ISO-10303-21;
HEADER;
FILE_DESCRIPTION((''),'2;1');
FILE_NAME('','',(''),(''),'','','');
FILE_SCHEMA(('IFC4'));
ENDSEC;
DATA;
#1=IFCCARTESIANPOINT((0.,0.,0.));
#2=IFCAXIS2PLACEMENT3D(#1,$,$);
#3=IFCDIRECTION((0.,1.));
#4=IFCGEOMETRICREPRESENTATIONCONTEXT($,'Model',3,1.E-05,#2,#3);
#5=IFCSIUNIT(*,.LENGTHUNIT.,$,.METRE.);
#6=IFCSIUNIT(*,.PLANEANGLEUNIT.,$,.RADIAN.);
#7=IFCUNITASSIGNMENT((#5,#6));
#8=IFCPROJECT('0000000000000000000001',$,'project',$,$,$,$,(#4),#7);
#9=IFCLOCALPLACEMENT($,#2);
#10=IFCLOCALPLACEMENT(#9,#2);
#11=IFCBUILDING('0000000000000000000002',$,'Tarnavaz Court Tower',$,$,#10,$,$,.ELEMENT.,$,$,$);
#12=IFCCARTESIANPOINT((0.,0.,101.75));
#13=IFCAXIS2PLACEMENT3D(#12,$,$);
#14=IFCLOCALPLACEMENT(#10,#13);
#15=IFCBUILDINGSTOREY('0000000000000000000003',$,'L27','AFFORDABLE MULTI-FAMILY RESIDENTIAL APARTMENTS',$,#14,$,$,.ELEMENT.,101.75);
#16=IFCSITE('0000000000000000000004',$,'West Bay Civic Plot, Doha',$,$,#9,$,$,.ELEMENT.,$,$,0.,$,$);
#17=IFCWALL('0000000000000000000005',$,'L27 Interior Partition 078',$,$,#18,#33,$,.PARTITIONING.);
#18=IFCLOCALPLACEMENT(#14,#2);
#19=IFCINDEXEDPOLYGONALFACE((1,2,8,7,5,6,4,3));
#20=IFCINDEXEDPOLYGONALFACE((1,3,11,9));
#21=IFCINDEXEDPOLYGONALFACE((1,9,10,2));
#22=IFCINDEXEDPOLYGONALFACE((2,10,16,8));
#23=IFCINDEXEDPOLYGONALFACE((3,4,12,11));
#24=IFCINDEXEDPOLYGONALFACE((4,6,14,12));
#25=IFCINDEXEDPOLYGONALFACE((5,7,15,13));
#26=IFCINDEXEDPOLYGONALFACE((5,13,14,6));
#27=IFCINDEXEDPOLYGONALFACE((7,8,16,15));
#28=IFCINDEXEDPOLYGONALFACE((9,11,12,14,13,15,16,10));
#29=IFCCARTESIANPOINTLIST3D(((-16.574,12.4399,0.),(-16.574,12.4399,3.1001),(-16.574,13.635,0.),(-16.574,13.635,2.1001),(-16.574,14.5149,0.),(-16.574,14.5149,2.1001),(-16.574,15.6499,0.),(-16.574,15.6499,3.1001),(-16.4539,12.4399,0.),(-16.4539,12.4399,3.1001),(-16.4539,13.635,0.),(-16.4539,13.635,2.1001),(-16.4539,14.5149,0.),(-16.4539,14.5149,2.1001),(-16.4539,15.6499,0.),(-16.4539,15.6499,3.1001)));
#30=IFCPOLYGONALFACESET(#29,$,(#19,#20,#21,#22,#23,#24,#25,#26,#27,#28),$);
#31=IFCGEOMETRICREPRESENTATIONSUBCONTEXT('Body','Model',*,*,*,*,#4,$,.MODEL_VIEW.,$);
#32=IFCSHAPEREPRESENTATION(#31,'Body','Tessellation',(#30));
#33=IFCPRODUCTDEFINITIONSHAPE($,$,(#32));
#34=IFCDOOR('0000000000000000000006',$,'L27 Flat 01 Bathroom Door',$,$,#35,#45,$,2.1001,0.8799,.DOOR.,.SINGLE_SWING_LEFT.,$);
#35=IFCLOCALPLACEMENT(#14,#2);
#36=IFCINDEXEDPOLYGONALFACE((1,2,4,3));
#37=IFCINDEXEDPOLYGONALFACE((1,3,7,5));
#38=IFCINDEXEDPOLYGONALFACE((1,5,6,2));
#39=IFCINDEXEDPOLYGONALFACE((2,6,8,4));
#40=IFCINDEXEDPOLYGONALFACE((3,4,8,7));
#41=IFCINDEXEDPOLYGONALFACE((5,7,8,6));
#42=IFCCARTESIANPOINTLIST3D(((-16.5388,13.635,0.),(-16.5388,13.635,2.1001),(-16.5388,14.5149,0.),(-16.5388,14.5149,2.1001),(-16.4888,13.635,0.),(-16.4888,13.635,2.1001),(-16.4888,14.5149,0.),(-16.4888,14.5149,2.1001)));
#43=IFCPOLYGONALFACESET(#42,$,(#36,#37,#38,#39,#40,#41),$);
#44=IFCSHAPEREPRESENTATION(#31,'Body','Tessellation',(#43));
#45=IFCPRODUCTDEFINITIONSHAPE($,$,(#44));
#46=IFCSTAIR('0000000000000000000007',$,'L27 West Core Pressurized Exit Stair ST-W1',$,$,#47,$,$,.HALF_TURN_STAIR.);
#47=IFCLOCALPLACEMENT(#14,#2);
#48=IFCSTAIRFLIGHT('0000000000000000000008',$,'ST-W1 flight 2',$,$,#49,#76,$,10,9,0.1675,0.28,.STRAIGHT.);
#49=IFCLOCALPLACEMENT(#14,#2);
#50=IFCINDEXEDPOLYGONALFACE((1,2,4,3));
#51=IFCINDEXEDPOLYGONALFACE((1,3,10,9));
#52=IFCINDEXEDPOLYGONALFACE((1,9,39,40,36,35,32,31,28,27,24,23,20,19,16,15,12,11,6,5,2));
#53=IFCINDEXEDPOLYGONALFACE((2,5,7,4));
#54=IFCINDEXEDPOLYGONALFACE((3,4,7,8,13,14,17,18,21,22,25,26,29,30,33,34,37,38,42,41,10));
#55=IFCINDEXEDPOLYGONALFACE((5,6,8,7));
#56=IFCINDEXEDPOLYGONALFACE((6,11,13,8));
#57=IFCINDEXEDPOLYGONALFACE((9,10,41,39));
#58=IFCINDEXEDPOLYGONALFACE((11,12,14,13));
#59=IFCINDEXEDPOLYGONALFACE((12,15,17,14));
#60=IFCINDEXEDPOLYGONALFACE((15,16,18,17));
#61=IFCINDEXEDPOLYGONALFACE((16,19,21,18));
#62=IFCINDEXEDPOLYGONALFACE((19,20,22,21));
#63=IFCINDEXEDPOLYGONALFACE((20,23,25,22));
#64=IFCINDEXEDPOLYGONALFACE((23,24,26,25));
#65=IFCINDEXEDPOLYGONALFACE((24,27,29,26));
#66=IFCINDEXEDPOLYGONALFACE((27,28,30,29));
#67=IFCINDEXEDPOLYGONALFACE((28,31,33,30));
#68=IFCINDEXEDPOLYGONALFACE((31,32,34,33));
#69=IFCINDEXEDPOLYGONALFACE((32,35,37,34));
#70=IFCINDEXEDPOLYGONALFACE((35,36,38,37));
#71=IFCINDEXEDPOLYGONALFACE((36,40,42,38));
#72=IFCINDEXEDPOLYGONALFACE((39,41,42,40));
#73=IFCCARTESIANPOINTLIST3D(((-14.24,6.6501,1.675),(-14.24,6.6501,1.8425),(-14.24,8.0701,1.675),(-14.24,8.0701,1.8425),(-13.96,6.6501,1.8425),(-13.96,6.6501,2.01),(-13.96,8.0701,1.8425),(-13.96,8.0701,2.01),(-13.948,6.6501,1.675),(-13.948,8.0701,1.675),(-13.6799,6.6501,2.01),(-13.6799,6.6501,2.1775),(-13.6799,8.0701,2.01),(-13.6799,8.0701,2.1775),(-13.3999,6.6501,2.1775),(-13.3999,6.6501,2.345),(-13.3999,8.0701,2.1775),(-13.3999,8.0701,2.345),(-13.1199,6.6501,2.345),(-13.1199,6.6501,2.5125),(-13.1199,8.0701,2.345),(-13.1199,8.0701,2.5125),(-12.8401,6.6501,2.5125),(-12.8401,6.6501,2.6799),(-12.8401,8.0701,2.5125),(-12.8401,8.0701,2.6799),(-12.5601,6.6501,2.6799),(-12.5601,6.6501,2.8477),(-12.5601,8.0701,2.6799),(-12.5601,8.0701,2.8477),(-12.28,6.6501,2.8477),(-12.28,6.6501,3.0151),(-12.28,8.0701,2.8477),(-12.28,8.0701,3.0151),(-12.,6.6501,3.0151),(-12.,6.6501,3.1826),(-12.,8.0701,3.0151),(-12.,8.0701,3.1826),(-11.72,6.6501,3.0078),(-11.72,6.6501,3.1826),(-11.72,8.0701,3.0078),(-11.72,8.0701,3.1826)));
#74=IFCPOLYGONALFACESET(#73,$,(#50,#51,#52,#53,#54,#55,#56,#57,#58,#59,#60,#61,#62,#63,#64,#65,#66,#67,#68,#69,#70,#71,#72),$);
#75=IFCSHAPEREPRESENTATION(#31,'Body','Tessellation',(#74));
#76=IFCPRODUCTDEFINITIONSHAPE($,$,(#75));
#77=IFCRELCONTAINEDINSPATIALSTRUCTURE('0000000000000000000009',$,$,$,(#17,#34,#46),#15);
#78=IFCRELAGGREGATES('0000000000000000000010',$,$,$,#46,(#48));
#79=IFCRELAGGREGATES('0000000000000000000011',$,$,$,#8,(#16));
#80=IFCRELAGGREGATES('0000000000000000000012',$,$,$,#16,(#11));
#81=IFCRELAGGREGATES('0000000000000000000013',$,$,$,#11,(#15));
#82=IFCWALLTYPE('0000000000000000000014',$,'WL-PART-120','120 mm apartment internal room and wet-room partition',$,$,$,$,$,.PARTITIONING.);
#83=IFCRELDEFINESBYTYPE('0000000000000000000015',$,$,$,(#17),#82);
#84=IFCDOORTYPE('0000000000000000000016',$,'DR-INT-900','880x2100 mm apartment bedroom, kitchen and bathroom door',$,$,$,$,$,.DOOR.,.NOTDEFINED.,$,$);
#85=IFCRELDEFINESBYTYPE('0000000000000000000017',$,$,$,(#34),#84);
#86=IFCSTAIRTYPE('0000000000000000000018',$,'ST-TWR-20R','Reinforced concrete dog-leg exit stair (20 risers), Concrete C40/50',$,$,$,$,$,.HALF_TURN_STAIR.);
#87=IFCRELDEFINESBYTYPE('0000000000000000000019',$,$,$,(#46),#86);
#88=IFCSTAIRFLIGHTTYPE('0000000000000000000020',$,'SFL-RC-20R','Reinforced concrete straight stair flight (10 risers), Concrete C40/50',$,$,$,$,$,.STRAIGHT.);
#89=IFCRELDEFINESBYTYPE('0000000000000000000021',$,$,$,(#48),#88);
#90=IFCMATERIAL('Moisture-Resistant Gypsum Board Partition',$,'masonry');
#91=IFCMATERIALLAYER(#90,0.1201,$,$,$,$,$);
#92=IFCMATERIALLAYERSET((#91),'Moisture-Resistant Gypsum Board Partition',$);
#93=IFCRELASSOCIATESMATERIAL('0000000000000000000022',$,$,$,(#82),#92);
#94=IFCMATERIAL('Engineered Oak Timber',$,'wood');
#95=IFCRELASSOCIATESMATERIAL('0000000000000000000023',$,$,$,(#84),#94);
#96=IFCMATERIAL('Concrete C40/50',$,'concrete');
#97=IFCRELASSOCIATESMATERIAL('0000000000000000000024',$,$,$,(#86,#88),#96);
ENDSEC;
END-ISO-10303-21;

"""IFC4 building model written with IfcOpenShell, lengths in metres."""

from ifc_helpers import new_model, si_unit, direction, frame, frame_2d, origin, place, context, subcontext, project, spatial, polyline, rectangle, outline, extrude, material, layer, layer_set, type_object, element, fill, aggregate, save


model = new_model("IFC4")

# Units and contexts
model_context = context("Model", 3, precision=1e-05, world=origin(), true_north=direction((0.0, 1.0)))
body_context = subcontext(model_context, "Body", "Model", "MODEL_VIEW")
ifc_project = project(units=[si_unit("LENGTHUNIT", "METRE"), si_unit("PLANEANGLEUNIT", "RADIAN")], contexts=[model_context])

# Site, building, storey
site_placement = place(None, origin())
site = spatial("IfcSite", under=ifc_project, at=site_placement, Name="West Bay Civic Plot, Doha", CompositionType="ELEMENT", RefElevation=0.0)
building_placement = place(site_placement, origin())
building = spatial("IfcBuilding", under=site, at=building_placement, Name="Tarnavaz Court Tower", CompositionType="ELEMENT")
storey_placement = place(building_placement, frame((0.0, 0.0, 101.75)))
storey = spatial("IfcBuildingStorey", under=building, at=storey_placement, Name="L27", Description="AFFORDABLE MULTI-FAMILY RESIDENTIAL APARTMENTS", CompositionType="ELEMENT", Elevation=101.75)

# Shared definitions
ifc_material_1 = material(Name="Engineered Oak Timber", Category="wood")

# Wall, opening, door
ifc_material_2 = material(Name="Moisture-Resistant Gypsum Board Partition", Category="masonry")
ifc_layer_1 = layer(ifc_material_2, 0.1201)
ifc_layer_set_1 = layer_set([ifc_layer_1], Name="Moisture-Resistant Gypsum Board Partition")
wall_type_1 = type_object("IfcWallType", Name="WL-PART-120", Description="120 mm apartment internal room and wet-room partition", PredefinedType="PARTITIONING", material=ifc_layer_set_1)
wall_1_placement = place(storey_placement, frame((-16.5139, 12.4399, 0.0), z_axis=(0.0, 0.0, 1.0), x_axis=(0.0, 1.0, 0.0)))
wall_1 = element("IfcWall", 1, at=wall_1_placement, inside=storey, type_object=wall_type_1, Name="L27 Interior Partition 078", PredefinedType="PARTITIONING", context=body_context, shape_type="SweptSolid", body=[
    extrude(rectangle(XDim=3.21, YDim=0.1201, at=frame_2d((1.605, 0.0))), origin(), (0.0, 0.0, 1.0), 3.1001),
])
opening_1_placement = place(wall_1_placement, frame((1.1951, 0.0, 0.0)))
opening_1 = element("IfcOpeningElement", 2, at=opening_1_placement, cuts=wall_1, PredefinedType="OPENING", context=body_context, shape_type="SweptSolid", body=[
    extrude(rectangle(XDim=0.8799, YDim=2.1001, at=frame_2d((0.4399, 1.05))), frame((0.0, 0.0701, 0.0), z_axis=(0.0, -1.0, 0.0), x_axis=(1.0, 0.0, 0.0)), (0.0, 0.0, 1.0), 0.1401),
])
door_type_1 = type_object("IfcDoorType", Name="DR-INT-900", Description="880x2100 mm apartment bedroom, kitchen and bathroom door", OperationType="NOTDEFINED", PredefinedType="DOOR", material=ifc_material_1)
door_1_placement = place(opening_1_placement, origin())
door_1 = element("IfcDoor", 3, at=door_1_placement, inside=storey, type_object=door_type_1, Name="L27 Flat 01 Bathroom Door", OperationType="SINGLE_SWING_LEFT", OverallHeight=2.1001, OverallWidth=0.8799, PredefinedType="DOOR", context=body_context, shape_type="SweptSolid", body=[
    extrude(rectangle(XDim=0.8799, YDim=2.1001, at=frame_2d((0.4399, 1.05))), frame((0.0, 0.0249, 0.0), z_axis=(0.0, -1.0, 0.0), x_axis=(1.0, 0.0, 0.0)), (0.0, 0.0, 1.0), 0.05),
])
fill(opening_1, door_1)

# Stair, stair flight
ifc_material_3 = material(Name="Concrete C40/50", Category="concrete")
stair_type = type_object("IfcStairType", Name="ST-TWR-20R", Description="Reinforced concrete dog-leg exit stair (20 risers), Concrete C40/50", PredefinedType="HALF_TURN_STAIR", material=ifc_material_3)
stair_placement = place(storey_placement, origin())
stair = element("IfcStair", 4, at=stair_placement, inside=storey, type_object=stair_type, Name="L27 West Core Pressurized Exit Stair ST-W1", PredefinedType="HALF_TURN_STAIR")
stair_flight_type = type_object("IfcStairFlightType", Name="SFL-RC-20R", Description="Reinforced concrete straight stair flight (10 risers), Concrete C40/50", PredefinedType="STRAIGHT", material=ifc_material_3)
stair_flight_placement = place(storey_placement, frame((-14.24, 7.3601, 1.675), z_axis=(0.0, 0.0, 1.0), x_axis=(1.0, 0.0, 0.0)))
stair_flight = element("IfcStairFlight", 5, at=stair_flight_placement, type_object=stair_flight_type, Name="ST-W1 flight 2", NumberOfRisers=10, NumberOfTreads=9, PredefinedType="STRAIGHT", RiserHeight=0.1675, TreadLength=0.28, context=body_context, shape_type="SweptSolid", body=[
    extrude(outline(polyline([(0.0, 0.0), (0.0, 0.1675), (0.28, 0.1675), (0.28, 0.335), (0.5601, 0.335), (0.5601, 0.5024), (0.8401, 0.5024), (0.8401, 0.6699), (1.1201, 0.6699), (1.1201, 0.8374), (1.3999, 0.8374), (1.3999, 1.0049), (1.6799, 1.0049), (1.6799, 1.1726), (1.96, 1.1726), (1.96, 1.3401), (2.24, 1.3401), (2.24, 1.5076), (2.52, 1.5076), (2.52, 1.675), (2.52, 1.3328), (0.292, 0.0), (0.0, 0.0)])), frame((0.0, 0.71, 0.0), z_axis=(0.0, -1.0, 0.0), x_axis=(1.0, 0.0, 0.0)), (0.0, 0.0, 1.0), 1.4199),
])
aggregate(stair, [stair_flight])

save(model, "model.ifc")
